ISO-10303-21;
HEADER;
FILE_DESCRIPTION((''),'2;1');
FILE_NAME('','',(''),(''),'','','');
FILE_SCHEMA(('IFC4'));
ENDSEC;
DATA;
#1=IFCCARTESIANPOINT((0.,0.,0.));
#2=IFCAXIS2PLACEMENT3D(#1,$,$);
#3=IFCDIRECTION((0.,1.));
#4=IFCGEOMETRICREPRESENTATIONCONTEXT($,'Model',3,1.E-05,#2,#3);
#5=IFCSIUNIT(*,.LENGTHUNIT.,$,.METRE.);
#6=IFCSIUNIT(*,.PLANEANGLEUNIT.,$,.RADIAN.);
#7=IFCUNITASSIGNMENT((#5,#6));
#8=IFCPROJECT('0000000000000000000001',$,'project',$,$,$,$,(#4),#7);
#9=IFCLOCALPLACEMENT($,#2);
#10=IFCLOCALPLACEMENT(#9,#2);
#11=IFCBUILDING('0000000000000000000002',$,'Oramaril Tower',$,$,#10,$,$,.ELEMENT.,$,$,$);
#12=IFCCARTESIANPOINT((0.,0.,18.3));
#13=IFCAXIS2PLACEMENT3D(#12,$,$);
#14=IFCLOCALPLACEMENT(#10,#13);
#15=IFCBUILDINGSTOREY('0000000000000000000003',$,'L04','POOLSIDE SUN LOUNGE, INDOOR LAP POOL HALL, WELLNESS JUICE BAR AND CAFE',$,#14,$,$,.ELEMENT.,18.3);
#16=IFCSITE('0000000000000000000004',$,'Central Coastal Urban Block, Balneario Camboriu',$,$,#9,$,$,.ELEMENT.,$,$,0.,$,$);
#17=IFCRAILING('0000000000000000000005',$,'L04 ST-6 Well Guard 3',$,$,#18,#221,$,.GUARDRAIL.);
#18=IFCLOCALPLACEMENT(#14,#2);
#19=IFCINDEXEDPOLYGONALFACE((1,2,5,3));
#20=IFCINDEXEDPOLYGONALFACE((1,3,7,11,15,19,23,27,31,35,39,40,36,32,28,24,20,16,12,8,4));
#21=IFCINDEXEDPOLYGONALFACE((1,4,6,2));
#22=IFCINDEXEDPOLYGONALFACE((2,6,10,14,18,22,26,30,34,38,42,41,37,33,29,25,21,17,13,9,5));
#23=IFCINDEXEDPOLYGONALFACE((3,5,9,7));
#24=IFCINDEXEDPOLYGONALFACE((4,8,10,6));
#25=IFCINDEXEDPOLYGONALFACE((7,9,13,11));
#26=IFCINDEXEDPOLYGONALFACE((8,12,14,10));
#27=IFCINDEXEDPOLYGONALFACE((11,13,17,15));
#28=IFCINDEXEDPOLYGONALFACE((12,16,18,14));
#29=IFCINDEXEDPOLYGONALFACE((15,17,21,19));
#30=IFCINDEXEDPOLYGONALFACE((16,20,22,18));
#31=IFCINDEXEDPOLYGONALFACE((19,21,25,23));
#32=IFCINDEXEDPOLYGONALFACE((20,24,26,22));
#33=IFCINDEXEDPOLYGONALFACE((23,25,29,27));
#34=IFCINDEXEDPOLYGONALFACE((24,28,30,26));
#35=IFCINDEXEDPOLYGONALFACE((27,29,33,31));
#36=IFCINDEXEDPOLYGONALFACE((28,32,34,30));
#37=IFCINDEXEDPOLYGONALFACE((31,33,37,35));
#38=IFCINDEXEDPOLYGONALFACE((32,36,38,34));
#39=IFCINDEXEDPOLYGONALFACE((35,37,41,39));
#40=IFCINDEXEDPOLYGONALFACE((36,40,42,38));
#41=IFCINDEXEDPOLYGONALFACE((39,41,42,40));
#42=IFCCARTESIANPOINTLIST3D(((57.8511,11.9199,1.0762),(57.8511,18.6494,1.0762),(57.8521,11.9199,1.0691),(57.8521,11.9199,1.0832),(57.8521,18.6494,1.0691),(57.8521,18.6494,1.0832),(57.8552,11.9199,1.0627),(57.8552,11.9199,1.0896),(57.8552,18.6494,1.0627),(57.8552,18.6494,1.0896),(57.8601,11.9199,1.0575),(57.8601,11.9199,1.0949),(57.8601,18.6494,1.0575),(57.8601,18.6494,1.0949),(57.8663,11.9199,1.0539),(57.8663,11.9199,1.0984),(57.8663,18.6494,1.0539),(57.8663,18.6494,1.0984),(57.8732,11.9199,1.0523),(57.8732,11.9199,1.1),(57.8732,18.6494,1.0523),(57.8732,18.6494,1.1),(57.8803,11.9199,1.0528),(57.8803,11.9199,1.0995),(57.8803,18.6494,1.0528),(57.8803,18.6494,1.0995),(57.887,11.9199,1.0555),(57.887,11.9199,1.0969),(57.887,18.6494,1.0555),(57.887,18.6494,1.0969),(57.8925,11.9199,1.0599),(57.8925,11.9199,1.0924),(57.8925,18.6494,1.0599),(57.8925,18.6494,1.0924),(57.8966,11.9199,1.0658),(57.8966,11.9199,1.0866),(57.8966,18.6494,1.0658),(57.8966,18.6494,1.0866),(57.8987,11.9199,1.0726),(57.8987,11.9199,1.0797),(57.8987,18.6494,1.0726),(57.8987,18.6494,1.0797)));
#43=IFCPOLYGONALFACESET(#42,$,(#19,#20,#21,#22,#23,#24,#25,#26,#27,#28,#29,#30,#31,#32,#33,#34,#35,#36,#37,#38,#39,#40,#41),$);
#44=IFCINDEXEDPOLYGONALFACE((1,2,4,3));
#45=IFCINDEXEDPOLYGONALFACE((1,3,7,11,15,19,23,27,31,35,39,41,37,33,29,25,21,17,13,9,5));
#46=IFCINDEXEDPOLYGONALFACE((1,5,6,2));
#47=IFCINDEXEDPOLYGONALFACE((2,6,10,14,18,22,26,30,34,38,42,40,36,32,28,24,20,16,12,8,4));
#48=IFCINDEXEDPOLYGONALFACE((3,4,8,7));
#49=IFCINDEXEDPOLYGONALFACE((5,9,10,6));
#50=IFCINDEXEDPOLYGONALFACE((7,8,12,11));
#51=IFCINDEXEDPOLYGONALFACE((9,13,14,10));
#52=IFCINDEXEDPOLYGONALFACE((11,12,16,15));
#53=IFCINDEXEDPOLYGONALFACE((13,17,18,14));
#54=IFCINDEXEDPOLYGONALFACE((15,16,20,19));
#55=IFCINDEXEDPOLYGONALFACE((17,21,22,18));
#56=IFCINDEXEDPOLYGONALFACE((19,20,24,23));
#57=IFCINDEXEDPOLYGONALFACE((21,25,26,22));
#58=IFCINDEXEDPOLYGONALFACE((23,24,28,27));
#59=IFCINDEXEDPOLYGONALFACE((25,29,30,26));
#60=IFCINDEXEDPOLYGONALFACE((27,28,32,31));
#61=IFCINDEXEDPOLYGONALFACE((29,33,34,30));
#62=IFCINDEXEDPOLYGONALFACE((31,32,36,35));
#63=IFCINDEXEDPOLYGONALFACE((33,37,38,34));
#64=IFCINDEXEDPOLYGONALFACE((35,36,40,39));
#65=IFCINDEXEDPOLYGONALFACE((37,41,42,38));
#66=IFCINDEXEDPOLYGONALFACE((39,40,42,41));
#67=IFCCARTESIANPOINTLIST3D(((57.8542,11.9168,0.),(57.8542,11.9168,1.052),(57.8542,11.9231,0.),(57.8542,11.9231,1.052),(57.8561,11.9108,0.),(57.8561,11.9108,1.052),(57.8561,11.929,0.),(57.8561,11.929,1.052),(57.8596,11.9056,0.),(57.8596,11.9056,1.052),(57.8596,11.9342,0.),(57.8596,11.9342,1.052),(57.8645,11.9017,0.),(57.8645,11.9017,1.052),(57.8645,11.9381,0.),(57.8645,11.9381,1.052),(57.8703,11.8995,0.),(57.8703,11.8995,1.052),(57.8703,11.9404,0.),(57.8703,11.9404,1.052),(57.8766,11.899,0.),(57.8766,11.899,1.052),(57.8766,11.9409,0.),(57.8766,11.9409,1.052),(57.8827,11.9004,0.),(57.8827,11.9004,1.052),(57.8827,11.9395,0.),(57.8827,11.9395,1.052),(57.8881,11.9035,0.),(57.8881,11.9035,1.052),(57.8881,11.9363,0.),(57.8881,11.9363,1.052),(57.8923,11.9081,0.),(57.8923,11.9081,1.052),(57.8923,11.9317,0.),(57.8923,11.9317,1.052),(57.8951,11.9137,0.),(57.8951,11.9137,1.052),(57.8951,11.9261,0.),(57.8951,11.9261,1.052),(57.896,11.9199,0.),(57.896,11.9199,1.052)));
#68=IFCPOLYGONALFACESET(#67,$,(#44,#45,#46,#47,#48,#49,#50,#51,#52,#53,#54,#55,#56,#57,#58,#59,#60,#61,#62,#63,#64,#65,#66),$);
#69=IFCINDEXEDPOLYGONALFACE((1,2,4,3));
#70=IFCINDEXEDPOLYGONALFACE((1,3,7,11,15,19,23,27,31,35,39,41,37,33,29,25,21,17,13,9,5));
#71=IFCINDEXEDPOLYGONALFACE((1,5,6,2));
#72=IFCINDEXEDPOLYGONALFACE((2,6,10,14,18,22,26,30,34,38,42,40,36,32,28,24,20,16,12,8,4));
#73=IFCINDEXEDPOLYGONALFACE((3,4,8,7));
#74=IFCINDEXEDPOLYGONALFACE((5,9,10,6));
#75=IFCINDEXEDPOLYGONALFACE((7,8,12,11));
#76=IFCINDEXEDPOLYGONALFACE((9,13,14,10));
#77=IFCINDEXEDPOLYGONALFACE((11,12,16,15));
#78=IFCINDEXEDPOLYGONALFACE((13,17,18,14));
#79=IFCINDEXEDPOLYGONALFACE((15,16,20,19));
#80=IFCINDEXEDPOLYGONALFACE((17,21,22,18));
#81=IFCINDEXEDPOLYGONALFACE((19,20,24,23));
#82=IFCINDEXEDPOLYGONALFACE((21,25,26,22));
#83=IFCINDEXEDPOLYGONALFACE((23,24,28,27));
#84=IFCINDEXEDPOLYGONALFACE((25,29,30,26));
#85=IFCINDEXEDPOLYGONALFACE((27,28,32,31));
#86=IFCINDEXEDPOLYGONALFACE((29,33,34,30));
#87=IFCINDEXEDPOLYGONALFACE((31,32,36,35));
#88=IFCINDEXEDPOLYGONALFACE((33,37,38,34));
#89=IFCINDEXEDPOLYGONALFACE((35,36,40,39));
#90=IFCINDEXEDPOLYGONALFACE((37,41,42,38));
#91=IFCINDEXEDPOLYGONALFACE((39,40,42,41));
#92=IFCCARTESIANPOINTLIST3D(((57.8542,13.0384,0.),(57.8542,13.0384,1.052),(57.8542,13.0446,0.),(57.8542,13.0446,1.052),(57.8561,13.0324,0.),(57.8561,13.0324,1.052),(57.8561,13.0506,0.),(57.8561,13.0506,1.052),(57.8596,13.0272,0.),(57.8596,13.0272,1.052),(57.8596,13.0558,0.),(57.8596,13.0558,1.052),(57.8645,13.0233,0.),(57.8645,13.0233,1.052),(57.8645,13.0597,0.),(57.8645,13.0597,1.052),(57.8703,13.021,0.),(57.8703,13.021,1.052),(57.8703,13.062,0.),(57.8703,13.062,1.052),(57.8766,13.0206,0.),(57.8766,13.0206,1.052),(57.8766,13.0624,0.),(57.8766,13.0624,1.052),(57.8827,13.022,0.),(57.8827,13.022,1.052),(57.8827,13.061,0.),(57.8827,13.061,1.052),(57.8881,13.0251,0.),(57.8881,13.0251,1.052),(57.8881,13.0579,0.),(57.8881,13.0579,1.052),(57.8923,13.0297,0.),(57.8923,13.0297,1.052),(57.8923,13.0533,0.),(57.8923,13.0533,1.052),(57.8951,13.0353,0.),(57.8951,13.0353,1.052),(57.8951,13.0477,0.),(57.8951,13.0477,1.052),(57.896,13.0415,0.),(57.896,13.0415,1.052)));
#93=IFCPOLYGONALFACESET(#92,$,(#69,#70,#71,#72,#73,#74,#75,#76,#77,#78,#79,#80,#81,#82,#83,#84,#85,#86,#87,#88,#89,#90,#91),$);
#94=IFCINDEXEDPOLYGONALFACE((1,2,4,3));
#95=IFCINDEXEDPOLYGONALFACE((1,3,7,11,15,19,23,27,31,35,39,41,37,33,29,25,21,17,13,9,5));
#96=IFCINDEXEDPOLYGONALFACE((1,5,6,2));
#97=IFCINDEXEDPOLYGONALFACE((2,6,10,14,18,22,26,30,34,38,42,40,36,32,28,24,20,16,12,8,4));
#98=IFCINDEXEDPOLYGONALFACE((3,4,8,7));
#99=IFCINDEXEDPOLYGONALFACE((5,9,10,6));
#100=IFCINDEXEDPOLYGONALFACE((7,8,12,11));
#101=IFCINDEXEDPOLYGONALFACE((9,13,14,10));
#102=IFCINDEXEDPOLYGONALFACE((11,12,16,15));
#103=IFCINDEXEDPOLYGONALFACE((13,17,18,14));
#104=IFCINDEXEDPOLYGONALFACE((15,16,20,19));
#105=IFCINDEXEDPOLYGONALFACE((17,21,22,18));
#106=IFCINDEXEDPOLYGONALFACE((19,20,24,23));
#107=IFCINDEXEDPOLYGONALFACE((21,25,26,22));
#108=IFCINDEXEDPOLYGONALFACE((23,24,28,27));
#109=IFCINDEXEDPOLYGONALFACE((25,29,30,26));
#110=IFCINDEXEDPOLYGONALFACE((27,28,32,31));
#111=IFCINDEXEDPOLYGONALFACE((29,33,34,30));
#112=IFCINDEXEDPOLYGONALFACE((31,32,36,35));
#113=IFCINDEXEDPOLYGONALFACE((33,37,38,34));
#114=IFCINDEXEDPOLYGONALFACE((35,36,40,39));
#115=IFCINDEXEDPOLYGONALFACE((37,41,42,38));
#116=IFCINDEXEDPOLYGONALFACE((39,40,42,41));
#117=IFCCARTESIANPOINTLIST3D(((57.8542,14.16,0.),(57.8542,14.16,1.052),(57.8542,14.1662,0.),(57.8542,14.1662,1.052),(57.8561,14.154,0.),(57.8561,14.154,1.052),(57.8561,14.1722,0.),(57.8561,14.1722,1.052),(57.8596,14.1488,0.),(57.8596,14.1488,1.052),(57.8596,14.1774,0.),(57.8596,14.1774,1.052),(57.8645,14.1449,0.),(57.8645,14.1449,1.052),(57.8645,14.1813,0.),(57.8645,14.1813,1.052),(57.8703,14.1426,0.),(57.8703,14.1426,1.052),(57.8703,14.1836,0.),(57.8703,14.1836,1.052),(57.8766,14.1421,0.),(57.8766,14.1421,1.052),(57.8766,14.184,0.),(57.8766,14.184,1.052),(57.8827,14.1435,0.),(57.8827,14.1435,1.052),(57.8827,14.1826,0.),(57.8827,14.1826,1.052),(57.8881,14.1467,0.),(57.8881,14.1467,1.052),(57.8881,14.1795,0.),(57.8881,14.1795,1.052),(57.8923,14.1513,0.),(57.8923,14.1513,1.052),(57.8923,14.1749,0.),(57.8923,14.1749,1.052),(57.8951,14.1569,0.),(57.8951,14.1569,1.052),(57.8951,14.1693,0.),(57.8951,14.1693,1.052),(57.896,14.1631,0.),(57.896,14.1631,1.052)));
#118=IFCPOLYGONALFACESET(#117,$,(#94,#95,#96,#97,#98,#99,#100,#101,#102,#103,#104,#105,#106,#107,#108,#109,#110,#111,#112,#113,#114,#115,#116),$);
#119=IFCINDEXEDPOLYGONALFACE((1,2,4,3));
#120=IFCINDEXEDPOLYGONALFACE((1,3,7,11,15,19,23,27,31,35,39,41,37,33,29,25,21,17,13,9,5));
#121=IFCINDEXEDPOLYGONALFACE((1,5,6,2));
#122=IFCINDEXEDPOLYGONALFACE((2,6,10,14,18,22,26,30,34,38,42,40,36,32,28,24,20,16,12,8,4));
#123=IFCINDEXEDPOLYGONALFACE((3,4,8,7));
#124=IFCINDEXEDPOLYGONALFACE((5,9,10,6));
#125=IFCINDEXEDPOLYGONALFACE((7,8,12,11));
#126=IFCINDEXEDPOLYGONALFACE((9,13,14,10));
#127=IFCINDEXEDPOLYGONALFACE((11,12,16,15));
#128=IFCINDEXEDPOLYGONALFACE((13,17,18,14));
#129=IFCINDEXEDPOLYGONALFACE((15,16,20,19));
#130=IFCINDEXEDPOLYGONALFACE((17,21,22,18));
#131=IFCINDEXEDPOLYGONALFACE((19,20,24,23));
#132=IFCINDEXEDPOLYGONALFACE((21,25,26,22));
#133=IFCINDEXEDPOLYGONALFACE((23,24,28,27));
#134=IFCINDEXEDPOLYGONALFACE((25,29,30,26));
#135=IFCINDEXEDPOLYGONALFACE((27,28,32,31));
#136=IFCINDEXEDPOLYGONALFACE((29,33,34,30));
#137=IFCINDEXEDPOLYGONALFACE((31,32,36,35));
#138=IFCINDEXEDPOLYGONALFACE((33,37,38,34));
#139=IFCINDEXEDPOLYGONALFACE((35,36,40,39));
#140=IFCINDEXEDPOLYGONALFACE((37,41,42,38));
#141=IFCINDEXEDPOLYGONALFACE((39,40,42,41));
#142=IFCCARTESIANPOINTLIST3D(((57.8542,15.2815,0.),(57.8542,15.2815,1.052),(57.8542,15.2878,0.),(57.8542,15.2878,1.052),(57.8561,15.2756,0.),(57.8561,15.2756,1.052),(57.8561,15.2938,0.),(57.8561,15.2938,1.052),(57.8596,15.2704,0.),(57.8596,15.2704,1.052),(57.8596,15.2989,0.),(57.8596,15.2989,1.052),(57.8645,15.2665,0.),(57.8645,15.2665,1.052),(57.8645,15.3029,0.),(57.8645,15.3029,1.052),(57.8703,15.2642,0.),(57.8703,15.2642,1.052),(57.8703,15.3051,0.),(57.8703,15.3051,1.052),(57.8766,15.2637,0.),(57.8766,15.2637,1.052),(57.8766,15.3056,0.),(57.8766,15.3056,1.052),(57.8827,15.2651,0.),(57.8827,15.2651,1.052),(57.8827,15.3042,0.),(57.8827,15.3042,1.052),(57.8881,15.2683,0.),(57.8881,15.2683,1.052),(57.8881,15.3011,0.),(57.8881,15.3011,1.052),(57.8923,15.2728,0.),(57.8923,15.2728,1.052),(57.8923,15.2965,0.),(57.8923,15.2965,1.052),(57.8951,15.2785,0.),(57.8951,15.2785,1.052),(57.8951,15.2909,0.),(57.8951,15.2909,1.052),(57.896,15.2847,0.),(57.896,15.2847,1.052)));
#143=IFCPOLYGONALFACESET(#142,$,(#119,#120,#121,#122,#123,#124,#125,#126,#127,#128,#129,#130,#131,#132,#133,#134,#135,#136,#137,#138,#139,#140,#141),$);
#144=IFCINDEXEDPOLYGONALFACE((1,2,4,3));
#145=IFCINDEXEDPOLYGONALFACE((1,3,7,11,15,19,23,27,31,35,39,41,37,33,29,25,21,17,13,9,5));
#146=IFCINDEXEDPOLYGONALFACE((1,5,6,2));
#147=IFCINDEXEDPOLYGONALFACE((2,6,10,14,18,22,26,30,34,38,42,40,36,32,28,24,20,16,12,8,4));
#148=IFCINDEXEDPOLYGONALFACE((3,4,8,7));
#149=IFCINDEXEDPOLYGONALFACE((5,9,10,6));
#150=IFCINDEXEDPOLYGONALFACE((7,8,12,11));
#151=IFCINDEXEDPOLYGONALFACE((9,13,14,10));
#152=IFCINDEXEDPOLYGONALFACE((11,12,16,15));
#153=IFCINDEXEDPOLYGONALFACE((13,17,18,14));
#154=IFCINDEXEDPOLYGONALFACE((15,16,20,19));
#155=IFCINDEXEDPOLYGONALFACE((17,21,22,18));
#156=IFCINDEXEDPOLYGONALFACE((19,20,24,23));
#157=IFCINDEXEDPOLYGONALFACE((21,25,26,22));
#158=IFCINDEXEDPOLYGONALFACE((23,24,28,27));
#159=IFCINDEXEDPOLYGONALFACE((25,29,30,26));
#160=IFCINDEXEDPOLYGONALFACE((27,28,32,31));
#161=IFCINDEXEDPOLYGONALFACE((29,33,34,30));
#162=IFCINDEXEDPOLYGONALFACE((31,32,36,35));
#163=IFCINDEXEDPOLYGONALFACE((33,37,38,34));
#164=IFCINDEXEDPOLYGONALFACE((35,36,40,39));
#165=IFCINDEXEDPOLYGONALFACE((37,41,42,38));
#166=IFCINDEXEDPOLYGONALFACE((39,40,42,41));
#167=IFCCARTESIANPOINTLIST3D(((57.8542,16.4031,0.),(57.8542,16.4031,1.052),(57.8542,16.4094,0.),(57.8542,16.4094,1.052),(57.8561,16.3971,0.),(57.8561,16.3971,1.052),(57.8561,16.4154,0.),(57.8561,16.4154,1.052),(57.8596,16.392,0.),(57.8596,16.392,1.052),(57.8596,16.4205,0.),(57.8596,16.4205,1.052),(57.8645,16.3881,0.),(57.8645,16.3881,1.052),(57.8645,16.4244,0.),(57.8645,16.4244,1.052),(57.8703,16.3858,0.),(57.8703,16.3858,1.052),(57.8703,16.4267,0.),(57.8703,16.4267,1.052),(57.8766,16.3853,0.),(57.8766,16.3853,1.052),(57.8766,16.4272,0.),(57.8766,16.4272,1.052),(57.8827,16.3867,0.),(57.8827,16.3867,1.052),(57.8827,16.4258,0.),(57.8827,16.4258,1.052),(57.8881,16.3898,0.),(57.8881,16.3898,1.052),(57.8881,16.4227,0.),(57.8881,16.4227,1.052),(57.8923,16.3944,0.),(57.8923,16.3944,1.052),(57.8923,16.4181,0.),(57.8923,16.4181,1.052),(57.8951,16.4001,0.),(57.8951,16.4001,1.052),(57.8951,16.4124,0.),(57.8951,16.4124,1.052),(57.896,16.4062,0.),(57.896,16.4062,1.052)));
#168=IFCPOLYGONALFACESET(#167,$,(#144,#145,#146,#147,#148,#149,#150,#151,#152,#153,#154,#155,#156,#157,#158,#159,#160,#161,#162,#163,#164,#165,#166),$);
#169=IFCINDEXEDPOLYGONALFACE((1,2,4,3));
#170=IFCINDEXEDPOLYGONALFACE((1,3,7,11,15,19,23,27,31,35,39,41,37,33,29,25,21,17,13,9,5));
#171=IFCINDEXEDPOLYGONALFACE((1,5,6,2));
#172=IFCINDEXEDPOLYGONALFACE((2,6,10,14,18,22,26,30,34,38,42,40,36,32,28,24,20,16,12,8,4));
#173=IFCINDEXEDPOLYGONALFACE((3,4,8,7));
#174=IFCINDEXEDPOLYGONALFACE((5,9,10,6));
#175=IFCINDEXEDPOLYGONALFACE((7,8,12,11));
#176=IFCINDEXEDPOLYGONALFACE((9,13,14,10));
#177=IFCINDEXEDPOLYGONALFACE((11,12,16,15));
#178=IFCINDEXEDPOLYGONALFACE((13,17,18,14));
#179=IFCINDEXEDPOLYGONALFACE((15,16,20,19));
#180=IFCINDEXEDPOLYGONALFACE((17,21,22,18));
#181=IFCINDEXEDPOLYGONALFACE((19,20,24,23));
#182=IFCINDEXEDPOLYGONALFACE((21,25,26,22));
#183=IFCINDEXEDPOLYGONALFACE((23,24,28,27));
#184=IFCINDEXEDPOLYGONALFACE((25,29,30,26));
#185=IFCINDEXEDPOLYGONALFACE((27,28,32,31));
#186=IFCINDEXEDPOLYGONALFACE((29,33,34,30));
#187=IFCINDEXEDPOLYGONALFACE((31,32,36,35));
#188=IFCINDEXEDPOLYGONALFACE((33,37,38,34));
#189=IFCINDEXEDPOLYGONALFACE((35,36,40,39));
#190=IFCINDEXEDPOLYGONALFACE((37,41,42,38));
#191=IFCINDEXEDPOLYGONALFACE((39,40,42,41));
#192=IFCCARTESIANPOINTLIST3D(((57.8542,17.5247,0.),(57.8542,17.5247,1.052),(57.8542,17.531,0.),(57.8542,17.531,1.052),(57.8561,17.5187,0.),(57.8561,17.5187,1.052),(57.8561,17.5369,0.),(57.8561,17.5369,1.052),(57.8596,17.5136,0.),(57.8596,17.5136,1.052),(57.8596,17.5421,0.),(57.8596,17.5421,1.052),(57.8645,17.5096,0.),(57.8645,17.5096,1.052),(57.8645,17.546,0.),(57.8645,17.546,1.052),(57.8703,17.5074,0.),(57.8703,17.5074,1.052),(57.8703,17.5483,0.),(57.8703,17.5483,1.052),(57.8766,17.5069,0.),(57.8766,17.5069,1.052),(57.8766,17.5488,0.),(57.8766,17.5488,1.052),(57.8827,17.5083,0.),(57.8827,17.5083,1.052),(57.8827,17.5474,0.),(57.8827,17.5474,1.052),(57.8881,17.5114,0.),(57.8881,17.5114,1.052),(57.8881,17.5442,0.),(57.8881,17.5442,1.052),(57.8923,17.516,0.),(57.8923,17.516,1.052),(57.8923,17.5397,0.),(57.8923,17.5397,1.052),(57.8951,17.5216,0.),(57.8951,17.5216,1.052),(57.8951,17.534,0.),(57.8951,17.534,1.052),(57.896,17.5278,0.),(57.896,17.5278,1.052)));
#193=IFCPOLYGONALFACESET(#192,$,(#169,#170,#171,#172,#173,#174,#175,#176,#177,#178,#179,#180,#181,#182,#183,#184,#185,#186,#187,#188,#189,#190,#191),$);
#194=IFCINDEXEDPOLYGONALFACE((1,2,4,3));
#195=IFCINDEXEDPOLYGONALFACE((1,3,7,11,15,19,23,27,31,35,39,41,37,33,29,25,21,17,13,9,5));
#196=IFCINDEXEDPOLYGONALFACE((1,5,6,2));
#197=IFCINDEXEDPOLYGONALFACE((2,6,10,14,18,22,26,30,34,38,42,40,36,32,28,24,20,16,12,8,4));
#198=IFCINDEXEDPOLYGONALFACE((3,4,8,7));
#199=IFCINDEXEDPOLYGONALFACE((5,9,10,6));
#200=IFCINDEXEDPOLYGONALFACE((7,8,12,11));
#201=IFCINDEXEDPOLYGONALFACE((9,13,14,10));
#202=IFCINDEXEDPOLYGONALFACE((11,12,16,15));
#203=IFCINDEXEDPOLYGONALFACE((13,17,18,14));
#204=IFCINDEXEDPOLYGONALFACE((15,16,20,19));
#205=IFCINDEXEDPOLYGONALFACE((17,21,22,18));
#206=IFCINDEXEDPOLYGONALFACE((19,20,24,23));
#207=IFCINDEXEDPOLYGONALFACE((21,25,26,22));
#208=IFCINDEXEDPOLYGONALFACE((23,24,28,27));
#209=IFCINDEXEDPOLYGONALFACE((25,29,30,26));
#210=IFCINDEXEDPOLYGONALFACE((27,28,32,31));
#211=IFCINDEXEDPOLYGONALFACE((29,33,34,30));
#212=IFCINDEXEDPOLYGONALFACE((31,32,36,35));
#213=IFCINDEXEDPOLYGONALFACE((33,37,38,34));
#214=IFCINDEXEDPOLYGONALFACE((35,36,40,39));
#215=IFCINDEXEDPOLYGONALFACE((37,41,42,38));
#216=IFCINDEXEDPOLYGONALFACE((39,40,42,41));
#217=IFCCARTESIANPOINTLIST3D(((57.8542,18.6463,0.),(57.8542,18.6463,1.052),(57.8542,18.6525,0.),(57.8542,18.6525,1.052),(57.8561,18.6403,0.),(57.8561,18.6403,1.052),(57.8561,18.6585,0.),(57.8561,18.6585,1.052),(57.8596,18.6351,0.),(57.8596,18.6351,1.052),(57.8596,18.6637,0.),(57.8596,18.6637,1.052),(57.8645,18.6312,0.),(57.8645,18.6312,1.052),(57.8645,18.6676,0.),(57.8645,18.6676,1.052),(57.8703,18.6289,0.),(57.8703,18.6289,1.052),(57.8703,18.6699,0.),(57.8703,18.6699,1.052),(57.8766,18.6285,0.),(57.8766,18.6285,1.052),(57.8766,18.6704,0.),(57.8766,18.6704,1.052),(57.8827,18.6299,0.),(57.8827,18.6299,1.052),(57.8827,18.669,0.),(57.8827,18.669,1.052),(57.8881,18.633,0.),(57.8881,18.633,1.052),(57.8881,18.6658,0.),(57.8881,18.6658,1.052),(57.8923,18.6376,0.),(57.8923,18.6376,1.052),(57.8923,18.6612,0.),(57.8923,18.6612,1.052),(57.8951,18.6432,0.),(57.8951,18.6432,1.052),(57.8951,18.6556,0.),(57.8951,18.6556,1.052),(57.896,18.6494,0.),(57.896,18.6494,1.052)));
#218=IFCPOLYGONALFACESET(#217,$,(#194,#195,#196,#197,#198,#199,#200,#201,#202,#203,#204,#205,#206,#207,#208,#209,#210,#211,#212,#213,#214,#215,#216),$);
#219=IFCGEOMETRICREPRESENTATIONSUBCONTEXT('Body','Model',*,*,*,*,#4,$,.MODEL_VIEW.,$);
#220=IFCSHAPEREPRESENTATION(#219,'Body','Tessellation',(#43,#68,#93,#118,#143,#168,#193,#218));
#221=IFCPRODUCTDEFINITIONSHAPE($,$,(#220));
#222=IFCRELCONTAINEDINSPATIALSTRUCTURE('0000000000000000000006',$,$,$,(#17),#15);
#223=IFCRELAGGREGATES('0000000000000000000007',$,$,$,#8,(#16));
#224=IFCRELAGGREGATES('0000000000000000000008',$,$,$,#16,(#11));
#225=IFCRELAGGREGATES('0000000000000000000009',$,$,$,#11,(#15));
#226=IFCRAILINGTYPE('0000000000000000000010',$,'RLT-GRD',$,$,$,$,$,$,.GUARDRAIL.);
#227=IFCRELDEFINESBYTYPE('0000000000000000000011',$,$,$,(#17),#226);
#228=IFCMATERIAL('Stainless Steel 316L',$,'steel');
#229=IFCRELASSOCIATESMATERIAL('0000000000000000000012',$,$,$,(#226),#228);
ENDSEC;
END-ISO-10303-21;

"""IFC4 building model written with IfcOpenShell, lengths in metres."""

from ifc_helpers import new_model, si_unit, direction, frame, origin, origin_2d, place, context, subcontext, project, spatial, circle, extrude, material, type_object, element, save


model = new_model("IFC4")

# Units and contexts
model_context = context("Model", 3, precision=1e-05, world=origin(), true_north=direction((0.0, 1.0)))
body_context = subcontext(model_context, "Body", "Model", "MODEL_VIEW")
ifc_project = project(units=[si_unit("LENGTHUNIT", "METRE"), si_unit("PLANEANGLEUNIT", "RADIAN")], contexts=[model_context])

# Site, building, storey
site_placement = place(None, origin())
site = spatial("IfcSite", under=ifc_project, at=site_placement, Name="Central Coastal Urban Block, Balneario Camboriu", CompositionType="ELEMENT", RefElevation=0.0)
building_placement = place(site_placement, origin())
building = spatial("IfcBuilding", under=site, at=building_placement, Name="Oramaril Tower", CompositionType="ELEMENT")
storey_placement = place(building_placement, frame((0.0, 0.0, 18.3)))
storey = spatial("IfcBuildingStorey", under=building, at=storey_placement, Name="L04", Description="POOLSIDE SUN LOUNGE, INDOOR LAP POOL HALL, WELLNESS JUICE BAR AND CAFE", CompositionType="ELEMENT", Elevation=18.3)

# Railing
ifc_material_1 = material(Name="Stainless Steel 316L", Category="steel")
railing_type_1 = type_object("IfcRailingType", Name="RLT-GRD", PredefinedType="GUARDRAIL", material=ifc_material_1)
railing_1_placement = place(storey_placement, frame((57.875, 11.9199, 0.0)))
element("IfcRailing", 1, at=railing_1_placement, inside=storey, type_object=railing_type_1, Name="L04 ST-6 Well Guard 3", PredefinedType="GUARDRAIL", context=body_context, shape_type="SweptSolid", body=[
    extrude(circle(Radius=0.0239, at=origin_2d()), frame((0.0, 0.0, 1.0762), z_axis=(0.0, 1.0, 0.0), x_axis=(-1.0, 0.0, 0.0)), (0.0, 0.0, 1.0), 6.7295),
    extrude(circle(Radius=0.021, at=origin_2d()), origin(), (0.0, 0.0, 1.0), 1.052),
    extrude(circle(Radius=0.021, at=origin_2d()), frame((0.0, 1.1216, 0.0)), (0.0, 0.0, 1.0), 1.052),
    extrude(circle(Radius=0.021, at=origin_2d()), frame((0.0, 2.2432, 0.0)), (0.0, 0.0, 1.0), 1.052),
    extrude(circle(Radius=0.021, at=origin_2d()), frame((0.0, 3.3647, 0.0)), (0.0, 0.0, 1.0), 1.052),
    extrude(circle(Radius=0.021, at=origin_2d()), frame((0.0, 4.4863, 0.0)), (0.0, 0.0, 1.0), 1.052),
    extrude(circle(Radius=0.021, at=origin_2d()), frame((0.0, 5.6079, 0.0)), (0.0, 0.0, 1.0), 1.052),
    extrude(circle(Radius=0.021, at=origin_2d()), frame((0.0, 6.7295, 0.0)), (0.0, 0.0, 1.0), 1.052),
])

save(model, "model.ifc")
